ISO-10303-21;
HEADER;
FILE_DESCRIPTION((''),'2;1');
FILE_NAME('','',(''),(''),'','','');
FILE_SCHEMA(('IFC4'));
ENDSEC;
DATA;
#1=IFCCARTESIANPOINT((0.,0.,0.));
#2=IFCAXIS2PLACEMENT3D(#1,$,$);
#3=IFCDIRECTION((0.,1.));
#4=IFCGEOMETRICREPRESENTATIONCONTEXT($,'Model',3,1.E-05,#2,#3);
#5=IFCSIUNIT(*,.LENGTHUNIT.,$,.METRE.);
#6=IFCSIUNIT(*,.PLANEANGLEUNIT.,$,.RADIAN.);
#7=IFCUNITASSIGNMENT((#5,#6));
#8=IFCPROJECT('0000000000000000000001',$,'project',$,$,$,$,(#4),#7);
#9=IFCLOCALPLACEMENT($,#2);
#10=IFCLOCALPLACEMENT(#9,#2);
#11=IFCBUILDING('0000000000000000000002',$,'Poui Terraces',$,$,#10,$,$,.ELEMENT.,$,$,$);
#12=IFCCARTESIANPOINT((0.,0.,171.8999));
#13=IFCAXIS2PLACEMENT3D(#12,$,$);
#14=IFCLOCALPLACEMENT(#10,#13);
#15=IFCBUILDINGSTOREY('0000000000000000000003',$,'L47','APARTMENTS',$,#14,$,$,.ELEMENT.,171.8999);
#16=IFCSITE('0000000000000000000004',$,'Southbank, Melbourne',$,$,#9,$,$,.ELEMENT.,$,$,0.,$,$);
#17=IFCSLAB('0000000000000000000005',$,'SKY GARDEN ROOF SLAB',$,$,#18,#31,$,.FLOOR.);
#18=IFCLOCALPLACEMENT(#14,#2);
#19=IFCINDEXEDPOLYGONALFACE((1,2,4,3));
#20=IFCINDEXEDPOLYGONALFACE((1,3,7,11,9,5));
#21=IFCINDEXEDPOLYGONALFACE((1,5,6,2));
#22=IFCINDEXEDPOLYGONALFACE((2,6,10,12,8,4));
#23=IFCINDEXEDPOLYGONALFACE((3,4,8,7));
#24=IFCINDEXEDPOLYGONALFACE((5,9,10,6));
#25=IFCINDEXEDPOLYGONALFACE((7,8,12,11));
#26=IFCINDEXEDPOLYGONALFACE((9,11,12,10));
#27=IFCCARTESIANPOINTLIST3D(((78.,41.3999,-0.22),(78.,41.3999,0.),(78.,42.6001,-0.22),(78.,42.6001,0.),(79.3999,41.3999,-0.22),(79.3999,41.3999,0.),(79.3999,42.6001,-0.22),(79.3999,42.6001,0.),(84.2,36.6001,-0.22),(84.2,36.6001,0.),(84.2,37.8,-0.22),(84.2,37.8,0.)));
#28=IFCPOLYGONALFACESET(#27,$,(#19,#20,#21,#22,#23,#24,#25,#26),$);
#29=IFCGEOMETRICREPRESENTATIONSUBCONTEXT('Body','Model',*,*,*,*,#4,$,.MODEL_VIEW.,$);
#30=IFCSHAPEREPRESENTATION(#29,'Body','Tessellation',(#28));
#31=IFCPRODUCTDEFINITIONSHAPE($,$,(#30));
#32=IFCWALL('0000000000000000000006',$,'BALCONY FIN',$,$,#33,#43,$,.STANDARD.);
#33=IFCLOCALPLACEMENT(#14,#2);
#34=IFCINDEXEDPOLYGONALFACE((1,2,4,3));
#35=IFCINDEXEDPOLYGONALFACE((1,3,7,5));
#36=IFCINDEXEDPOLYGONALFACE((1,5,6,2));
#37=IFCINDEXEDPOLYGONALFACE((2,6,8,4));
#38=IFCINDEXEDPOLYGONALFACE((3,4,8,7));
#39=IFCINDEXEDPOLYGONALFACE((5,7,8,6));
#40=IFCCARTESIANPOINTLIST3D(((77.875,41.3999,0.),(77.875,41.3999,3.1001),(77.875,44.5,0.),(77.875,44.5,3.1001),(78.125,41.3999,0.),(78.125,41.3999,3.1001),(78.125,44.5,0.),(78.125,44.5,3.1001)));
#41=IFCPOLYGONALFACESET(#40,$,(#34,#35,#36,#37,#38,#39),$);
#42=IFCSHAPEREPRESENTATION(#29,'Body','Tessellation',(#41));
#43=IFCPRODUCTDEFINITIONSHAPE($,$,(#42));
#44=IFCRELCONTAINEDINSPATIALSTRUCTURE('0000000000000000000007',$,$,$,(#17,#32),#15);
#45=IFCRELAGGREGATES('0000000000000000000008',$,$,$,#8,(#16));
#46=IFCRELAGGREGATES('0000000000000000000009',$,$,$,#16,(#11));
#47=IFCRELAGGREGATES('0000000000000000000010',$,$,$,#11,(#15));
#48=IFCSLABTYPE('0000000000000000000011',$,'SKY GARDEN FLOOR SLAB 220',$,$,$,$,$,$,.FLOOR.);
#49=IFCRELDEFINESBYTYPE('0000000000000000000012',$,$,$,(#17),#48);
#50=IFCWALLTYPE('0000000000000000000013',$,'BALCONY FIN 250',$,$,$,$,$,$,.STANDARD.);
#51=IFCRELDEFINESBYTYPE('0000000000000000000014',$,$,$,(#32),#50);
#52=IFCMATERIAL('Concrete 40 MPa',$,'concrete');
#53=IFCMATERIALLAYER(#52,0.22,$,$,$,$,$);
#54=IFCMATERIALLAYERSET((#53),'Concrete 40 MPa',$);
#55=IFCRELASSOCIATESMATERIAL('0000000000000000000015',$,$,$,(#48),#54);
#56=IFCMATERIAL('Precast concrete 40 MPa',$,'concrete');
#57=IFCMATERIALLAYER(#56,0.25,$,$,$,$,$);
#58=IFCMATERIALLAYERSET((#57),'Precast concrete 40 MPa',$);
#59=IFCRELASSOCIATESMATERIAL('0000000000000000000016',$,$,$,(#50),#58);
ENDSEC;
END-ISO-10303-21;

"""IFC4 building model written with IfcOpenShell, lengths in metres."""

from ifc_helpers import new_model, si_unit, direction, frame, origin, place, context, subcontext, project, spatial, polyline, outline, extrude, source, transform, mapped, material, layer, layer_set, type_object, element, save


model = new_model("IFC4")

# Units and contexts
model_context = context("Model", 3, precision=1e-05, world=origin(), true_north=direction((0.0, 1.0)))
body_context = subcontext(model_context, "Body", "Model", "MODEL_VIEW")
ifc_project = project(units=[si_unit("LENGTHUNIT", "METRE"), si_unit("PLANEANGLEUNIT", "RADIAN")], contexts=[model_context])

# Site, building, storey
site_placement = place(None, origin())
site = spatial("IfcSite", under=ifc_project, at=site_placement, Name="Southbank, Melbourne", CompositionType="ELEMENT", RefElevation=0.0)
building_placement = place(site_placement, origin())
building = spatial("IfcBuilding", under=site, at=building_placement, Name="Poui Terraces", CompositionType="ELEMENT")
storey_placement = place(building_placement, frame((0.0, 0.0, 171.8999)))
storey = spatial("IfcBuildingStorey", under=building, at=storey_placement, Name="L47", Description="APARTMENTS", CompositionType="ELEMENT", Elevation=171.8999)

# Slab
ifc_material_1 = material(Name="Concrete 40 MPa", Category="concrete")
ifc_layer_1 = layer(ifc_material_1, 0.22)
ifc_layer_set_1 = layer_set([ifc_layer_1], Name="Concrete 40 MPa")
slab_type = type_object("IfcSlabType", Name="SKY GARDEN FLOOR SLAB 220", PredefinedType="FLOOR", material=ifc_layer_set_1)
shared_shape_1 = source(origin(), body_context, "Body", "SweptSolid", [
    extrude(outline(polyline([(0.0, 0.0), (0.0, -1.2002), (1.3999, -1.2002), (6.2, -6.0), (6.2, -4.8), (1.3999, 0.0), (0.0, 0.0)])), origin(), (0.0, 0.0, 1.0), 0.22),
])
slab_placement = place(storey_placement, frame((78.0, 42.6001, -0.22)))
element("IfcSlab", 1, at=slab_placement, inside=storey, type_object=slab_type, Name="SKY GARDEN ROOF SLAB", PredefinedType="FLOOR", context=body_context, shape_type="MappedRepresentation", body=[
    mapped(shared_shape_1, transform((0.0, 0.0, 0.0))),
])

# Shared definitions
ifc_material_2 = material(Name="Precast concrete 40 MPa", Category="concrete")

# Wall
ifc_layer_2 = layer(ifc_material_2, 0.25)
ifc_layer_set_2 = layer_set([ifc_layer_2], Name="Precast concrete 40 MPa")
wall_type_1 = type_object("IfcWallType", Name="BALCONY FIN 250", PredefinedType="STANDARD", material=ifc_layer_set_2)
shared_shape_2 = source(origin(), body_context, "Body", "SweptSolid", [
    extrude(outline(polyline([(0.0, 0.0), (0.25, 0.0), (0.25, 3.1001), (0.0, 3.1001), (0.0, 0.0)])), origin(), (0.0, 0.0, 1.0), 3.1001),
])
wall_1_placement = place(storey_placement, frame((77.875, 41.3999, 0.0)))
element("IfcWall", 2, at=wall_1_placement, inside=storey, type_object=wall_type_1, Name="BALCONY FIN", PredefinedType="STANDARD", context=body_context, shape_type="MappedRepresentation", body=[
    mapped(shared_shape_2, transform((0.0, 0.0, 0.0))),
])

save(model, "model.ifc")
